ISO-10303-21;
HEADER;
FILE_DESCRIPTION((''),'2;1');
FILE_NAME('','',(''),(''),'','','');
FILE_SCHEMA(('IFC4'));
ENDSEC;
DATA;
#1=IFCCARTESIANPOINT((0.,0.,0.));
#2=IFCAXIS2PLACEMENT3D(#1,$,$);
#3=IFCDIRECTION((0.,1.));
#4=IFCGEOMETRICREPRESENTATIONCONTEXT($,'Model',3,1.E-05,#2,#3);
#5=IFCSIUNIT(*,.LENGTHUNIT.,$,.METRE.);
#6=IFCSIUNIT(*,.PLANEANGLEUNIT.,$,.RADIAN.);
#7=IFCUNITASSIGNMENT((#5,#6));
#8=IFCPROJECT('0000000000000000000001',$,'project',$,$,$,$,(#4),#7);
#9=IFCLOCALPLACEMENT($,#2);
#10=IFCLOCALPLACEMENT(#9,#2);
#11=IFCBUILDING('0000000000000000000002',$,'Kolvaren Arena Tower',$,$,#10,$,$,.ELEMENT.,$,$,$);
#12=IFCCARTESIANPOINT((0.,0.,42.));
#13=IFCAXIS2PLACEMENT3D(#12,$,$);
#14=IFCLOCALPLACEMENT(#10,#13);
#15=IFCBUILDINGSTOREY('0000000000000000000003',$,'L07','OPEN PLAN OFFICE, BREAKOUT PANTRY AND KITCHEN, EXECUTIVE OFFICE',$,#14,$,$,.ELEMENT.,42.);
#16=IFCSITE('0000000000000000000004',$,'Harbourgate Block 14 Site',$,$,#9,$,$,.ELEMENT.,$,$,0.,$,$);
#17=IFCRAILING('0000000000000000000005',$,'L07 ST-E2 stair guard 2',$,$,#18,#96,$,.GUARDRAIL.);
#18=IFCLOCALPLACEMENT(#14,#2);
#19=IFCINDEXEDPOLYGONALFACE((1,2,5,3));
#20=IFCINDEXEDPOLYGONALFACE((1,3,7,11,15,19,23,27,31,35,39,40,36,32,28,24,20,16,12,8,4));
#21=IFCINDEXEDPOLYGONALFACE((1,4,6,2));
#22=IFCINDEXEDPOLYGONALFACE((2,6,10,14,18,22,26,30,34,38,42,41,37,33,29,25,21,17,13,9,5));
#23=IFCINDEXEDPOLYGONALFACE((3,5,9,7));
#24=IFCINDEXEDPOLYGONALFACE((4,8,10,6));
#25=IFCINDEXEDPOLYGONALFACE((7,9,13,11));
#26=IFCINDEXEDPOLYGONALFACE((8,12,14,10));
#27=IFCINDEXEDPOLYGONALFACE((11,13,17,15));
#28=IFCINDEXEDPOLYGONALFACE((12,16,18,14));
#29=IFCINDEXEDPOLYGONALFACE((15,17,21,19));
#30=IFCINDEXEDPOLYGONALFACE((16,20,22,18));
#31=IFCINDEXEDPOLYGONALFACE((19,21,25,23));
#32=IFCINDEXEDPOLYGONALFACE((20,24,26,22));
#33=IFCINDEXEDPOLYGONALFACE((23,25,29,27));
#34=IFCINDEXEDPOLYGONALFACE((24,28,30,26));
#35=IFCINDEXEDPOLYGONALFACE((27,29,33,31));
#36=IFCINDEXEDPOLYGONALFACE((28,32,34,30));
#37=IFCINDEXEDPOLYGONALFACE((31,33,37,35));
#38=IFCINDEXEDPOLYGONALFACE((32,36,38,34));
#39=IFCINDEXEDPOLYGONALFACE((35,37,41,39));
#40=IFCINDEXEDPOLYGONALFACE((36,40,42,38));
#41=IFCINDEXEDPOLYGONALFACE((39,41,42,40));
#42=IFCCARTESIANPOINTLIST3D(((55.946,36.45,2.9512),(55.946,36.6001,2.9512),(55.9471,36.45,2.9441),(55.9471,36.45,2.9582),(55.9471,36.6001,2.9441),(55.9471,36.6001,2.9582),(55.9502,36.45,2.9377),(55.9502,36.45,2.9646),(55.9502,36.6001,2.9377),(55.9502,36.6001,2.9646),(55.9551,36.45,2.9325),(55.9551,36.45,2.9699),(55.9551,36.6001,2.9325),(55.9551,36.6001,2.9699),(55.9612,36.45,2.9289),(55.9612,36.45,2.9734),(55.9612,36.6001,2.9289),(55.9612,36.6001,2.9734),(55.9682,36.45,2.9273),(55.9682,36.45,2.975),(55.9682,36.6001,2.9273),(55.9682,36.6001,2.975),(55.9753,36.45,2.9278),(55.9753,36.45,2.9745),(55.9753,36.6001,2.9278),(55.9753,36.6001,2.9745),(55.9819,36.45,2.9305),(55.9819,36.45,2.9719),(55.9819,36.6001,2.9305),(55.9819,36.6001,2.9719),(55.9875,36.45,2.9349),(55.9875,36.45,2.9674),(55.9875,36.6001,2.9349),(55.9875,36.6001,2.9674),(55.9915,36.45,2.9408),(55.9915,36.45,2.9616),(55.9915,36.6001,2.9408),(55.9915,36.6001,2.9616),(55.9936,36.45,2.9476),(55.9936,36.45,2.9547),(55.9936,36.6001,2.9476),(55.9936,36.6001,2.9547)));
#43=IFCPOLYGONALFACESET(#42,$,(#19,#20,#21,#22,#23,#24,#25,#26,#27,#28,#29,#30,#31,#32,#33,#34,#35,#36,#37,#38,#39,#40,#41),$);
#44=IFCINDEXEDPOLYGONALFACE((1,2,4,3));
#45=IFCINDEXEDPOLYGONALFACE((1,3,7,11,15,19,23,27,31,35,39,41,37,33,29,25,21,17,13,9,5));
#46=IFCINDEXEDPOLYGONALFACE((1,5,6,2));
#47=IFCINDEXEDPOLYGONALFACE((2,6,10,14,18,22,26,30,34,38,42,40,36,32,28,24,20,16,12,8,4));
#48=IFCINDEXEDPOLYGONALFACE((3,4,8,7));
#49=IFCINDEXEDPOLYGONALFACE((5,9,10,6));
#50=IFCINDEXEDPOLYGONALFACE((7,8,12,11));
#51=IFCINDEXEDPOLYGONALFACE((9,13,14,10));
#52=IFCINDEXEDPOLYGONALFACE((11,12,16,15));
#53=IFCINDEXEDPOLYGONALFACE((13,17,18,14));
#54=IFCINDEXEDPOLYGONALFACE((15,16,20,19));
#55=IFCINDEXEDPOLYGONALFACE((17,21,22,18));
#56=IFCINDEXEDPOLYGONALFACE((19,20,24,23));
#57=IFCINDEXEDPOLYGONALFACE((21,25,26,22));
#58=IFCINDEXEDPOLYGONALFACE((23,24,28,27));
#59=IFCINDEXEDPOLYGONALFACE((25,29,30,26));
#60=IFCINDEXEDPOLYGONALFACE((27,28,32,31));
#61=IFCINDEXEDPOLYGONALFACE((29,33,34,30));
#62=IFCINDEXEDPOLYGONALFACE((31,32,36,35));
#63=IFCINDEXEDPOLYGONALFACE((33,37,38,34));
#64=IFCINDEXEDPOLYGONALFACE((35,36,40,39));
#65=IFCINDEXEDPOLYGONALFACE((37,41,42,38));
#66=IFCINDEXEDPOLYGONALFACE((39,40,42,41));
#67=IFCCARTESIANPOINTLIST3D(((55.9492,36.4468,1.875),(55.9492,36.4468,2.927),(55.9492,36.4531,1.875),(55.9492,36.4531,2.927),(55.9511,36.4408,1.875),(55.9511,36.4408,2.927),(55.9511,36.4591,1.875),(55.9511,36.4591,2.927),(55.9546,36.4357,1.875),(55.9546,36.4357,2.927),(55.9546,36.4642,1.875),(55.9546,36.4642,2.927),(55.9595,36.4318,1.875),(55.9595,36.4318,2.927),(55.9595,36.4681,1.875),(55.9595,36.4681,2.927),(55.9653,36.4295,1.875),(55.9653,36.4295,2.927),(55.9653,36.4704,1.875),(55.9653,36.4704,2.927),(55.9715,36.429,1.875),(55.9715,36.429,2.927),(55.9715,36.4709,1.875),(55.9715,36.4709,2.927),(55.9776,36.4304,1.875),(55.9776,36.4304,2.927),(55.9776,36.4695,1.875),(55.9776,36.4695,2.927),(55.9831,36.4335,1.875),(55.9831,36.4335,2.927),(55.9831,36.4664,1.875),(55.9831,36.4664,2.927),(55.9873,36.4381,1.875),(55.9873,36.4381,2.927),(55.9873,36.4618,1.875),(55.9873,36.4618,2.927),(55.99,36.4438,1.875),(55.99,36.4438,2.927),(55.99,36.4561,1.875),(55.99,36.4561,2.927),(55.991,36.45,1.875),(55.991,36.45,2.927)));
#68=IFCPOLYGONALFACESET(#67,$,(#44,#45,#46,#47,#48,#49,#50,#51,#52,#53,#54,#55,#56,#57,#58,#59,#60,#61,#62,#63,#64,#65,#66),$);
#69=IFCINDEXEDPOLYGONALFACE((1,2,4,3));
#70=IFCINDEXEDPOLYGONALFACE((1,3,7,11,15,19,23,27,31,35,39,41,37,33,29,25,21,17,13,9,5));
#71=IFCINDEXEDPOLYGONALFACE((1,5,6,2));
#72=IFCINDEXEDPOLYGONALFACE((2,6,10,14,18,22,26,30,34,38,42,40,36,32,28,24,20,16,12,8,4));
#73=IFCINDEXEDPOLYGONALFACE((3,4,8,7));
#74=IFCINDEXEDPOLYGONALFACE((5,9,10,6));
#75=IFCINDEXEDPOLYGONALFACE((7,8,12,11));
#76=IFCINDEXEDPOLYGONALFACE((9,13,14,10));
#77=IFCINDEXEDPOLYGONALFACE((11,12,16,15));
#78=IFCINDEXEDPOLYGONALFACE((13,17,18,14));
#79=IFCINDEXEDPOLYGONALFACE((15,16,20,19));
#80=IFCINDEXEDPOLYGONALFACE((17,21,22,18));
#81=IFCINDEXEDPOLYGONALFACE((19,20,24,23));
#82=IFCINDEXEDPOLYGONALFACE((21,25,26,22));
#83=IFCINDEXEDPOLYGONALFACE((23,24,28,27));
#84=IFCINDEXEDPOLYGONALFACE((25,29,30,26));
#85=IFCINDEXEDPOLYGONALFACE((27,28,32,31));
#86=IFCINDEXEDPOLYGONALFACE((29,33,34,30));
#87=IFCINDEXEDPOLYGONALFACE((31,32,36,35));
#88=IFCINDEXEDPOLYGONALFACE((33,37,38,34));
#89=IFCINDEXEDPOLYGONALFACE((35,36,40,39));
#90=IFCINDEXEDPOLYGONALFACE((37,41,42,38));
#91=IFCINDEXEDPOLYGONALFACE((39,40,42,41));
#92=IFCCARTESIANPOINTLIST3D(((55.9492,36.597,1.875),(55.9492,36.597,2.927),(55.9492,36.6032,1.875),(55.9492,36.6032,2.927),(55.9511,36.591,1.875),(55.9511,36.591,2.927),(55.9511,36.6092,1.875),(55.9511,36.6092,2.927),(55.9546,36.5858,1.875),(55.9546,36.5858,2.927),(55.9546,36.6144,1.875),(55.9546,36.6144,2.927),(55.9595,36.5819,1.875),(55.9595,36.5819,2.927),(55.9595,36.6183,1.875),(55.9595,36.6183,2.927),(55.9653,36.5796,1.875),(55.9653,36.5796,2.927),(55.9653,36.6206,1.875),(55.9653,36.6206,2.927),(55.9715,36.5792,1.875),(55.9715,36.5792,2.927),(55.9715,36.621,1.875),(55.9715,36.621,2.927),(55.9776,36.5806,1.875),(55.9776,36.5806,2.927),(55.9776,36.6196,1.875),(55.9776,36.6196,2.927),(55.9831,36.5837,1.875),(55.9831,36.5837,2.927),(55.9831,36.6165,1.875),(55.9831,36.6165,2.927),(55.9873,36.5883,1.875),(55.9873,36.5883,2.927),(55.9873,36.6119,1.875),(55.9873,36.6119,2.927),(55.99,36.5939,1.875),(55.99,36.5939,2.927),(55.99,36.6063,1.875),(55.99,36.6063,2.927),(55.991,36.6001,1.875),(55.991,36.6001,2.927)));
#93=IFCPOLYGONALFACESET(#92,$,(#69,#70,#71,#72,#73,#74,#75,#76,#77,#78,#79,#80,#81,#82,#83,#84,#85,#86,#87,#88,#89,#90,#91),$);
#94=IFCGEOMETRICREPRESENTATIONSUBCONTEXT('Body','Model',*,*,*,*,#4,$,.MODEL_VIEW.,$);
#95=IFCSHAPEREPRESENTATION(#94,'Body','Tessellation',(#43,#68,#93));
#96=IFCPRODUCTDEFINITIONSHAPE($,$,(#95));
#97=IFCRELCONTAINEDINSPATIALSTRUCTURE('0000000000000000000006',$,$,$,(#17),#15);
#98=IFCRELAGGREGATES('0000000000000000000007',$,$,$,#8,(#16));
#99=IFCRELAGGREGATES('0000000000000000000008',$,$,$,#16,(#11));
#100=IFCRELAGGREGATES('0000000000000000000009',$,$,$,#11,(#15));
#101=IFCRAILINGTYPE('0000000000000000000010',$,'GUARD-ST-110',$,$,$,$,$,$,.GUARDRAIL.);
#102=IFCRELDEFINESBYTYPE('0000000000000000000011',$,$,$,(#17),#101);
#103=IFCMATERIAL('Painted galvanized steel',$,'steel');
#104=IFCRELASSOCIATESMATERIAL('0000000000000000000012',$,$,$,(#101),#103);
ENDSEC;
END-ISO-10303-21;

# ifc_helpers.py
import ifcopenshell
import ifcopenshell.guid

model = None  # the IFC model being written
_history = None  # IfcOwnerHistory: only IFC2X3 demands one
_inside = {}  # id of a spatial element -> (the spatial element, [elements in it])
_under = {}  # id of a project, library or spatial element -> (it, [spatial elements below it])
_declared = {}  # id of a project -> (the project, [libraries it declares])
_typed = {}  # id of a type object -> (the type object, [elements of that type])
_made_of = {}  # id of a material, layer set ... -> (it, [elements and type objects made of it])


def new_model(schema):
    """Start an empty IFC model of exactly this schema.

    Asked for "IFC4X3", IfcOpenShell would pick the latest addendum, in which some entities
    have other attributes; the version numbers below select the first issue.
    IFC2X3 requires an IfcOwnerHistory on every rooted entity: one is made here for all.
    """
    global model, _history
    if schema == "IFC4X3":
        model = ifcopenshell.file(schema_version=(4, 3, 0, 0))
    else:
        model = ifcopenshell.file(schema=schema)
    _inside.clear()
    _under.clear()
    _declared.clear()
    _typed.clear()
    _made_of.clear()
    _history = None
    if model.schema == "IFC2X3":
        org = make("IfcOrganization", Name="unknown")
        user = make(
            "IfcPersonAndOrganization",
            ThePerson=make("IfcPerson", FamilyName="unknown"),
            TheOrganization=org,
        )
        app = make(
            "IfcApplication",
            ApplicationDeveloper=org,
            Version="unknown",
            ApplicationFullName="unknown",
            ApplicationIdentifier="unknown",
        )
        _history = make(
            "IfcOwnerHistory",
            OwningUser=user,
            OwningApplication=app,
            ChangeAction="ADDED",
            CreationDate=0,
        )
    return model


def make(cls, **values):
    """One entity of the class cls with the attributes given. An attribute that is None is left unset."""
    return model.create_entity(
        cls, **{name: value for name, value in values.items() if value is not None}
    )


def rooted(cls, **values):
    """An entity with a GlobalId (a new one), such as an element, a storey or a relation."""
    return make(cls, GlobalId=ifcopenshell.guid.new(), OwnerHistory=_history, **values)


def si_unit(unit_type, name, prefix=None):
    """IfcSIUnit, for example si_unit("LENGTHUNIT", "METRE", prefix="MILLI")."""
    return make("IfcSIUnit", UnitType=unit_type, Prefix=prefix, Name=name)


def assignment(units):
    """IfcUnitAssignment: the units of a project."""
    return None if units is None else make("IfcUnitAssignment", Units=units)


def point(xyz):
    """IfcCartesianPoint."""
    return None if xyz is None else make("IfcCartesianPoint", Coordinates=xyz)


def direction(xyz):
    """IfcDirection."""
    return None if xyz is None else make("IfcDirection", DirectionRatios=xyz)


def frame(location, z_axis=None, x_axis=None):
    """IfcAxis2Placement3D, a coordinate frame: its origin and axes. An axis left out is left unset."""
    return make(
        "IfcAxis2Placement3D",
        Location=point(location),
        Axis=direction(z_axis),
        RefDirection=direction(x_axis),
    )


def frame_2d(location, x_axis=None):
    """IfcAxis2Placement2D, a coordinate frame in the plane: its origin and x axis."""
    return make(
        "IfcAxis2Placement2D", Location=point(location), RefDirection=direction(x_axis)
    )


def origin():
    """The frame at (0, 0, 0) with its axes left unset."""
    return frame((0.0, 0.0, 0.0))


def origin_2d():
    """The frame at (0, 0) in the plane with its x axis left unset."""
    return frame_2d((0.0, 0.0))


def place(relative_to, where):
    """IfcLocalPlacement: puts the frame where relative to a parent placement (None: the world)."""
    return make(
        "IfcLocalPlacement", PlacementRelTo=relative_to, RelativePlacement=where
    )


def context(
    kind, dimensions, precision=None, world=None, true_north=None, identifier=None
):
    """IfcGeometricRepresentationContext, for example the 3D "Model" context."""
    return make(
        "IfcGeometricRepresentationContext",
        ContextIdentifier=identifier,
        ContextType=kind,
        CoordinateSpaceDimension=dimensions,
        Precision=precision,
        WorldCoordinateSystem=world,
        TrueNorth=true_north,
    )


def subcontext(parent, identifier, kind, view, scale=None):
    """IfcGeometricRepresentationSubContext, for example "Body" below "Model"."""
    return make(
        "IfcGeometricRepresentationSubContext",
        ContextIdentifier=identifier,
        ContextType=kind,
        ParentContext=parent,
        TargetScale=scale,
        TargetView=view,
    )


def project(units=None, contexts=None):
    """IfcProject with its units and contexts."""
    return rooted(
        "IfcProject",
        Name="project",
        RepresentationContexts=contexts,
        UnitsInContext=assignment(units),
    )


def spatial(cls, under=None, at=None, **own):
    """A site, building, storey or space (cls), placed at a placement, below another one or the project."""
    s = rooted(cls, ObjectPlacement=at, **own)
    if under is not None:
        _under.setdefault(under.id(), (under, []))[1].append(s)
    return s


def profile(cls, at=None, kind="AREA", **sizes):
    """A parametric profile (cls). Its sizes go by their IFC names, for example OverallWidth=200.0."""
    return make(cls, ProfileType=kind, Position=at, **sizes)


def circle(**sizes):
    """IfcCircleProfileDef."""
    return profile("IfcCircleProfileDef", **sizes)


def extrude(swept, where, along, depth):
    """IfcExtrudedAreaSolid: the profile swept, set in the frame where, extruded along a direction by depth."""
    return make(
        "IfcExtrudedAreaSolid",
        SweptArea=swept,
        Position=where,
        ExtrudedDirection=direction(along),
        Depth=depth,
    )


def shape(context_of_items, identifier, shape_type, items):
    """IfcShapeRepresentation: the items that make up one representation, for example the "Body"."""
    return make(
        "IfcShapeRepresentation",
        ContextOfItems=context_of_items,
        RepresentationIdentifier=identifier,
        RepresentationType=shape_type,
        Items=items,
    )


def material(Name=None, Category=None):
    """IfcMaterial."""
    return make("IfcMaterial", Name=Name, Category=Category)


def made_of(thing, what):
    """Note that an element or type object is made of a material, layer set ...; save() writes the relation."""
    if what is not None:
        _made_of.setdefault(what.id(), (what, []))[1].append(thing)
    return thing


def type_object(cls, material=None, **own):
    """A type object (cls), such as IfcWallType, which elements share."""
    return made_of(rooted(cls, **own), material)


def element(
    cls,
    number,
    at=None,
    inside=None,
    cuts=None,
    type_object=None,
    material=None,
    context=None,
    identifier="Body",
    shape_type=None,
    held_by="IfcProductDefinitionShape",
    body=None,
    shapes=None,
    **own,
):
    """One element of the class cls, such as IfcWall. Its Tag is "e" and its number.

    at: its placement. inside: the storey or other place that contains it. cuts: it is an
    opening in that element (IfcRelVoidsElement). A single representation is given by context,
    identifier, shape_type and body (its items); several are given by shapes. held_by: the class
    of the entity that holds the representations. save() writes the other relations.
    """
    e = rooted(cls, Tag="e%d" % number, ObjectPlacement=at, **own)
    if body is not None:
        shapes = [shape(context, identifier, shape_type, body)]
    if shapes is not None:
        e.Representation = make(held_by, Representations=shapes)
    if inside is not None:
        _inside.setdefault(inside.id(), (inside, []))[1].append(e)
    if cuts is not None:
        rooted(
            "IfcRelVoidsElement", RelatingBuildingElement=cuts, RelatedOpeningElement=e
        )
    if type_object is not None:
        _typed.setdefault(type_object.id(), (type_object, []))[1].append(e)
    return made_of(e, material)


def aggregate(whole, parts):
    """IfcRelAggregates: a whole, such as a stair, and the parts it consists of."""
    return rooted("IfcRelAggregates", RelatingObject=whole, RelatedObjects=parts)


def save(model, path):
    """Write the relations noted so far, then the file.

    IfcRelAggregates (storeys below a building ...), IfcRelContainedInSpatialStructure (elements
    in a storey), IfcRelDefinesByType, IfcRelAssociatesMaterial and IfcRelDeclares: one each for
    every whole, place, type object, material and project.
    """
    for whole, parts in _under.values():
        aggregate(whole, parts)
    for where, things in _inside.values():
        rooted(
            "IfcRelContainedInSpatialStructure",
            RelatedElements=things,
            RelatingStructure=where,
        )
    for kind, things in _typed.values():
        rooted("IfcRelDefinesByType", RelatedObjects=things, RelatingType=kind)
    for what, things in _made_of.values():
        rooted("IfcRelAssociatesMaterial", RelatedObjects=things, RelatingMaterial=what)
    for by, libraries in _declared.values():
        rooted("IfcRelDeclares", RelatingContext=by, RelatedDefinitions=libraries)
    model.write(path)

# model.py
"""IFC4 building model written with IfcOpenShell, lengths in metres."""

from ifc_helpers import new_model, si_unit, direction, frame, origin, origin_2d, place, context, subcontext, project, spatial, circle, extrude, material, type_object, element, save


model = new_model("IFC4")

# Units and contexts
model_context = context("Model", 3, precision=1e-05, world=origin(), true_north=direction((0.0, 1.0)))
body_context = subcontext(model_context, "Body", "Model", "MODEL_VIEW")
ifc_project = project(units=[si_unit("LENGTHUNIT", "METRE"), si_unit("PLANEANGLEUNIT", "RADIAN")], contexts=[model_context])

# Site, building, storey
site_placement = place(None, origin())
site = spatial("IfcSite", under=ifc_project, at=site_placement, Name="Harbourgate Block 14 Site", CompositionType="ELEMENT", RefElevation=0.0)
building_placement = place(site_placement, origin())
building = spatial("IfcBuilding", under=site, at=building_placement, Name="Kolvaren Arena Tower", CompositionType="ELEMENT")
storey_placement = place(building_placement, frame((0.0, 0.0, 42.0)))
storey = spatial("IfcBuildingStorey", under=building, at=storey_placement, Name="L07", Description="OPEN PLAN OFFICE, BREAKOUT PANTRY AND KITCHEN, EXECUTIVE OFFICE", CompositionType="ELEMENT", Elevation=42.0)

# Railing
ifc_material_1 = material(Name="Painted galvanized steel", Category="steel")
railing_type_1 = type_object("IfcRailingType", Name="GUARD-ST-110", PredefinedType="GUARDRAIL", material=ifc_material_1)
railing_1_placement = place(storey_placement, frame((55.97, 36.45, 1.875)))
element("IfcRailing", 1, at=railing_1_placement, inside=storey, type_object=railing_type_1, Name="L07 ST-E2 stair guard 2", PredefinedType="GUARDRAIL", context=body_context, shape_type="SweptSolid", body=[
    extrude(circle(Radius=0.0239, at=origin_2d()), frame((0.0, 0.0, 1.0762), z_axis=(0.0, 1.0, 0.0), x_axis=(-1.0, 0.0, 0.0)), (0.0, 0.0, 1.0), 0.1501),
    extrude(circle(Radius=0.021, at=origin_2d()), origin(), (0.0, 0.0, 1.0), 1.052),
    extrude(circle(Radius=0.021, at=origin_2d()), frame((0.0, 0.1501, 0.0)), (0.0, 0.0, 1.0), 1.052),
])

save(model, "model.ifc")
